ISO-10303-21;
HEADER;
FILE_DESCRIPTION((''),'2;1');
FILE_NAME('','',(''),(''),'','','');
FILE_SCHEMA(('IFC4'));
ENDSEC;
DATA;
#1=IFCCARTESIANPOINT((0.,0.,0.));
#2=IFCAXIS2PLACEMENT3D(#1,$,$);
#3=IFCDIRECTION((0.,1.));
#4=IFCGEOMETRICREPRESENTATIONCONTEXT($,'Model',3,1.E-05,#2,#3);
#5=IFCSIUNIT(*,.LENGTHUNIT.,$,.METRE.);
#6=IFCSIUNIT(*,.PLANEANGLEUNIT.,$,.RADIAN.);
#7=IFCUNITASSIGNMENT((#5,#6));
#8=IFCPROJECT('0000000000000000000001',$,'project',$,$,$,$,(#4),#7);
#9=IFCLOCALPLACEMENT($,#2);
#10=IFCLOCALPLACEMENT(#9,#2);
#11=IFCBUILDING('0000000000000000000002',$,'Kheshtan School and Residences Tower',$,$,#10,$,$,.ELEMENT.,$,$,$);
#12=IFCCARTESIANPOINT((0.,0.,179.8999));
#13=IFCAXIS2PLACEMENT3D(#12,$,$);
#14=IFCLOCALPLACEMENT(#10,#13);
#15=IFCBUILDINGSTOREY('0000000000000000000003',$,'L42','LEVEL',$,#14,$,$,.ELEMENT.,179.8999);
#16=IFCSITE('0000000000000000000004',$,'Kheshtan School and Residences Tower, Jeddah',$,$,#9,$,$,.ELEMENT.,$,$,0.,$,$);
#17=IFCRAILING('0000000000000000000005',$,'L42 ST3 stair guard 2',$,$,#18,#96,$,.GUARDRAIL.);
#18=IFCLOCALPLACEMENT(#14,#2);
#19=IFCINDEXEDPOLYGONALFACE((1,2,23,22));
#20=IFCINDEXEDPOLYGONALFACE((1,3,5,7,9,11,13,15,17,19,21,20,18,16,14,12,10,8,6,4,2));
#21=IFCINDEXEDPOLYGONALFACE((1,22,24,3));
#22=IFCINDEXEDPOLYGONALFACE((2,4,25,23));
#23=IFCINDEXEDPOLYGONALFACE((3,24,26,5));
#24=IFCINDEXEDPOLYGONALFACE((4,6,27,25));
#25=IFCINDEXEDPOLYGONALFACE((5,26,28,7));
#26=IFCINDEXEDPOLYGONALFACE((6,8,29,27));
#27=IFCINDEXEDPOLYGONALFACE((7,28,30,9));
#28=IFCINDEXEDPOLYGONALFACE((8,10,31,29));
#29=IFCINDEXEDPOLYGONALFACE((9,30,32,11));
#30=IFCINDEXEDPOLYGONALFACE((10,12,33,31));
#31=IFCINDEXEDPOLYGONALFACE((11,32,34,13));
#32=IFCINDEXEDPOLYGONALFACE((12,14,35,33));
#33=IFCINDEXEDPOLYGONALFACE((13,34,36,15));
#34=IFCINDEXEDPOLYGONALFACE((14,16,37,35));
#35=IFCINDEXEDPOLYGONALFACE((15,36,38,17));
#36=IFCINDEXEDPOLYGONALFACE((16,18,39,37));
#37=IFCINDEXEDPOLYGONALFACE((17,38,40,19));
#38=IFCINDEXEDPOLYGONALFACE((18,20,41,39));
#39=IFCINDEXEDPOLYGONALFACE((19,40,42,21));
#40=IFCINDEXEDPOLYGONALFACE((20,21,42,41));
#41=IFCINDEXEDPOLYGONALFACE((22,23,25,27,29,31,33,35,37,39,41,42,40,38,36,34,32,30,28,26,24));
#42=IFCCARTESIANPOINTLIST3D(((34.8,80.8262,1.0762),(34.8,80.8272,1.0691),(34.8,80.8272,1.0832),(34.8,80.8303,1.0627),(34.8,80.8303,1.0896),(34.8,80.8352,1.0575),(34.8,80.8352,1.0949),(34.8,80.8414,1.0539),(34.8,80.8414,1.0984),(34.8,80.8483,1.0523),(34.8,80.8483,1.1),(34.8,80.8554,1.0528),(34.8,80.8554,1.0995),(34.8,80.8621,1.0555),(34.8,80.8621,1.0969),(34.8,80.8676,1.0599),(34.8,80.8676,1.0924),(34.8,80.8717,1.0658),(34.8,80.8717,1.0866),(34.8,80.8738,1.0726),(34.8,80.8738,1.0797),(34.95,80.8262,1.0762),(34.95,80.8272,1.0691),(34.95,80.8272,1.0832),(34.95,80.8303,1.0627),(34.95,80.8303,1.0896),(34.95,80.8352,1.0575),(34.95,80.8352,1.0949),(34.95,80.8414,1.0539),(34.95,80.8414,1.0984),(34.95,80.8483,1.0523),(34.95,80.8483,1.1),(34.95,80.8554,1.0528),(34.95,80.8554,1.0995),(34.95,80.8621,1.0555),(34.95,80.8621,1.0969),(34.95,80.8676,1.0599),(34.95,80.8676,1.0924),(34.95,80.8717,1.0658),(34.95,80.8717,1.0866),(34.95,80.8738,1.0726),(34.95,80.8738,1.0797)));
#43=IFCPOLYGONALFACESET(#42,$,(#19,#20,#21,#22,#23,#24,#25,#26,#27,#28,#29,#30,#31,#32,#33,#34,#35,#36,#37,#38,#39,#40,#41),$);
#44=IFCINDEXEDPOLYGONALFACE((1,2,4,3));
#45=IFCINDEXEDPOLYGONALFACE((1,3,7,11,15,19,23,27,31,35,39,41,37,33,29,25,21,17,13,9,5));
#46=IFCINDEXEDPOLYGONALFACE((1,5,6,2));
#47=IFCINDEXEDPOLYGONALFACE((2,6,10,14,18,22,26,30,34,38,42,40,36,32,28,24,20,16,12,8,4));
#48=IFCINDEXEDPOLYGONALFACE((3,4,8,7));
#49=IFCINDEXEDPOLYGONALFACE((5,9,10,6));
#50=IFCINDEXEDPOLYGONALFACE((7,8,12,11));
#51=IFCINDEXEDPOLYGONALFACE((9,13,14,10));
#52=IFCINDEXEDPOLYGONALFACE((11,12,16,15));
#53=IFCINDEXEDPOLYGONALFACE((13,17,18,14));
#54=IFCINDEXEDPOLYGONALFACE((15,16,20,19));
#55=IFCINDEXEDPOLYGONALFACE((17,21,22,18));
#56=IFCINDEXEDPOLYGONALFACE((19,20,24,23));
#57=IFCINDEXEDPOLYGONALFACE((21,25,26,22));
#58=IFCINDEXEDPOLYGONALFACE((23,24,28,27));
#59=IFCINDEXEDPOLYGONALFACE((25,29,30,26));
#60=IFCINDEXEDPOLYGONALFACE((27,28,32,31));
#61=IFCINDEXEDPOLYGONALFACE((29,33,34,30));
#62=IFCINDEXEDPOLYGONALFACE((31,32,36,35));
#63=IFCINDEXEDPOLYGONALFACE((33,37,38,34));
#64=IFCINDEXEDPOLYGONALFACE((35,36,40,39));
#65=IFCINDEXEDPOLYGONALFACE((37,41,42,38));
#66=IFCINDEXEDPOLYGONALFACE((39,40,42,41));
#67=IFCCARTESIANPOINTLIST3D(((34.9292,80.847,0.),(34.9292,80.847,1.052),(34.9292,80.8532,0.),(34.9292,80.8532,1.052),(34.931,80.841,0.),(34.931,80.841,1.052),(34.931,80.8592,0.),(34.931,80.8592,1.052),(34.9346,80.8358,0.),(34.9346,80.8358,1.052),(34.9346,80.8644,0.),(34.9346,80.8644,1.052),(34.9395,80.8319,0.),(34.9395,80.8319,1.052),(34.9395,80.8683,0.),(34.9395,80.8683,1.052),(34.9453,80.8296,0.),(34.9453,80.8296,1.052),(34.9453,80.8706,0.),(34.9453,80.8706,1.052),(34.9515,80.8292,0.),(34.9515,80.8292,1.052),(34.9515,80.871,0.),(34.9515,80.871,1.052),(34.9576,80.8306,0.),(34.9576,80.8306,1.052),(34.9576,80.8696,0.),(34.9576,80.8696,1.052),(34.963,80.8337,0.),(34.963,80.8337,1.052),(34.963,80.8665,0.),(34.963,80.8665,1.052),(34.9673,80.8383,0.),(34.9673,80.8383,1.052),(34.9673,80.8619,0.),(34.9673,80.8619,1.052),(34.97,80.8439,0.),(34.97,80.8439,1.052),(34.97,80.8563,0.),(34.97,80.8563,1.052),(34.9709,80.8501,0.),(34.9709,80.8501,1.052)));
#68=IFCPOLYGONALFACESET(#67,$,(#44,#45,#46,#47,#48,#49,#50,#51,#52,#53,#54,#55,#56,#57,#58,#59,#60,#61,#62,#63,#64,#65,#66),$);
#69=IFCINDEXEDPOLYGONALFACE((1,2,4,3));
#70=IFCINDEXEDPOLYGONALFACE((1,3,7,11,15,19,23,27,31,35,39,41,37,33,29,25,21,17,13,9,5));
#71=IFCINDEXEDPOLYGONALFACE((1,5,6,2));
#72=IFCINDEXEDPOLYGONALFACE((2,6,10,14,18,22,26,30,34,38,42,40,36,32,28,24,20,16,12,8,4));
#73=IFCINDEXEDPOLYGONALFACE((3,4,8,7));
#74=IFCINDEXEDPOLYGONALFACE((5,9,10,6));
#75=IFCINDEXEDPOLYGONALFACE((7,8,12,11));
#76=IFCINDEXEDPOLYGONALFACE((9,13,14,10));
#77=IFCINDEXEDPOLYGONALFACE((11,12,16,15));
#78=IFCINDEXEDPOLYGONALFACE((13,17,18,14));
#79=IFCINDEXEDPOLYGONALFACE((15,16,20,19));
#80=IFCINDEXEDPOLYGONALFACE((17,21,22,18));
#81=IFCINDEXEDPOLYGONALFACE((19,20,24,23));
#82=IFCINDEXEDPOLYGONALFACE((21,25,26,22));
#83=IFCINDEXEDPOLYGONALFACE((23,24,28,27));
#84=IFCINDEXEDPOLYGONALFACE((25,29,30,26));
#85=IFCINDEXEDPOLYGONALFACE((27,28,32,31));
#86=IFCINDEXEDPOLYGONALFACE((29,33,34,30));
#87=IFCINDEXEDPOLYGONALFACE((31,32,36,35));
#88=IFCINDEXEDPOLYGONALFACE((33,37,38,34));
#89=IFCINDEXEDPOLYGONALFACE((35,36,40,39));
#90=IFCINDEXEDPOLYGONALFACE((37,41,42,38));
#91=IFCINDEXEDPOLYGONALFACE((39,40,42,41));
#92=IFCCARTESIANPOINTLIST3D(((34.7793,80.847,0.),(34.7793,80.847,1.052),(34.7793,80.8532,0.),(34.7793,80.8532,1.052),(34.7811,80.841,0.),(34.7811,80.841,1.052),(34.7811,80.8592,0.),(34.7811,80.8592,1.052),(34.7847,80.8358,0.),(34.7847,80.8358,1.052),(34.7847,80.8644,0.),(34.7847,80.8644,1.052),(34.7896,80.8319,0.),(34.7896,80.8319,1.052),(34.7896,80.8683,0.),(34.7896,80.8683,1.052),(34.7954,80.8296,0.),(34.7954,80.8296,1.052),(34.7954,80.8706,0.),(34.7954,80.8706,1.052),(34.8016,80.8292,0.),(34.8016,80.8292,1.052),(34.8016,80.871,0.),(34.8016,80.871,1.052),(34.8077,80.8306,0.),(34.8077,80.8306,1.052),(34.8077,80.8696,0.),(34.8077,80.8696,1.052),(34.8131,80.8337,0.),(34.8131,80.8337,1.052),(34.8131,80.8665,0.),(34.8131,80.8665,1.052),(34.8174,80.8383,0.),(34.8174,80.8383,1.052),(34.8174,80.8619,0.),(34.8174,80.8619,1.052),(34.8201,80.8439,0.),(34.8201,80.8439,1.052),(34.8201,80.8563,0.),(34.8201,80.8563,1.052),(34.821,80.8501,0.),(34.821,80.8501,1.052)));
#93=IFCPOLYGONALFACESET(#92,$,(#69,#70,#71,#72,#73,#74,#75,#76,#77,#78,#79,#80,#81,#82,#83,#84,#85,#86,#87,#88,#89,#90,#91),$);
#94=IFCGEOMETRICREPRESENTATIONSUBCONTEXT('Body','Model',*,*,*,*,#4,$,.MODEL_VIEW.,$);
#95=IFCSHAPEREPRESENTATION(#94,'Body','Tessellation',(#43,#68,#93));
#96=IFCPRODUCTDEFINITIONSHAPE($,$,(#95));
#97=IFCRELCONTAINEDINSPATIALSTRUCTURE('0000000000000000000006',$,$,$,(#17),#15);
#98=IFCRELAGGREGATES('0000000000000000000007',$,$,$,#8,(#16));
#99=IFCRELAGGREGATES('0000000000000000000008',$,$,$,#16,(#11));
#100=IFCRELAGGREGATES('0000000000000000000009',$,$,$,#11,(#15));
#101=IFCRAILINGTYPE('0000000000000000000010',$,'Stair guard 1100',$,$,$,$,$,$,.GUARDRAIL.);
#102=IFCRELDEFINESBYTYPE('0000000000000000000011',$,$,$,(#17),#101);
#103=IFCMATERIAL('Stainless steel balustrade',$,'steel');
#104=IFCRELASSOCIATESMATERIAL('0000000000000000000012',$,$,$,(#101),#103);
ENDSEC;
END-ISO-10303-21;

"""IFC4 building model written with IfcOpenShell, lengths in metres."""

from ifc_helpers import new_model, si_unit, direction, frame, origin, origin_2d, place, context, subcontext, project, spatial, circle, extrude, material, type_object, element, save


model = new_model("IFC4")

# Units and contexts
model_context = context("Model", 3, precision=1e-05, world=origin(), true_north=direction((0.0, 1.0)))
body_context = subcontext(model_context, "Body", "Model", "MODEL_VIEW")
ifc_project = project(units=[si_unit("LENGTHUNIT", "METRE"), si_unit("PLANEANGLEUNIT", "RADIAN")], contexts=[model_context])

# Site, building, storey
site_placement = place(None, origin())
site = spatial("IfcSite", under=ifc_project, at=site_placement, Name="Kheshtan School and Residences Tower, Jeddah", CompositionType="ELEMENT", RefElevation=0.0)
building_placement = place(site_placement, origin())
building = spatial("IfcBuilding", under=site, at=building_placement, Name="Kheshtan School and Residences Tower", CompositionType="ELEMENT")
storey_placement = place(building_placement, frame((0.0, 0.0, 179.8999)))
storey = spatial("IfcBuildingStorey", under=building, at=storey_placement, Name="L42", Description="LEVEL", CompositionType="ELEMENT", Elevation=179.8999)

# Railing
ifc_material_1 = material(Name="Stainless steel balustrade", Category="steel")
railing_type = type_object("IfcRailingType", Name="Stair guard 1100", PredefinedType="GUARDRAIL", material=ifc_material_1)
railing_1_placement = place(storey_placement, frame((34.95, 80.8501, 0.0)))
element("IfcRailing", 1, at=railing_1_placement, inside=storey, type_object=railing_type, Name="L42 ST3 stair guard 2", PredefinedType="GUARDRAIL", context=body_context, shape_type="SweptSolid", body=[
    extrude(circle(Radius=0.0239, at=origin_2d()), frame((0.0, 0.0, 1.0762), z_axis=(-1.0, 0.0, 0.0), x_axis=(0.0, -1.0, 0.0)), (0.0, 0.0, 1.0), 0.1499),
    extrude(circle(Radius=0.021, at=origin_2d()), origin(), (0.0, 0.0, 1.0), 1.052),
    extrude(circle(Radius=0.021, at=origin_2d()), frame((-0.1499, 0.0, 0.0)), (0.0, 0.0, 1.0), 1.052),
])

save(model, "model.ifc")
